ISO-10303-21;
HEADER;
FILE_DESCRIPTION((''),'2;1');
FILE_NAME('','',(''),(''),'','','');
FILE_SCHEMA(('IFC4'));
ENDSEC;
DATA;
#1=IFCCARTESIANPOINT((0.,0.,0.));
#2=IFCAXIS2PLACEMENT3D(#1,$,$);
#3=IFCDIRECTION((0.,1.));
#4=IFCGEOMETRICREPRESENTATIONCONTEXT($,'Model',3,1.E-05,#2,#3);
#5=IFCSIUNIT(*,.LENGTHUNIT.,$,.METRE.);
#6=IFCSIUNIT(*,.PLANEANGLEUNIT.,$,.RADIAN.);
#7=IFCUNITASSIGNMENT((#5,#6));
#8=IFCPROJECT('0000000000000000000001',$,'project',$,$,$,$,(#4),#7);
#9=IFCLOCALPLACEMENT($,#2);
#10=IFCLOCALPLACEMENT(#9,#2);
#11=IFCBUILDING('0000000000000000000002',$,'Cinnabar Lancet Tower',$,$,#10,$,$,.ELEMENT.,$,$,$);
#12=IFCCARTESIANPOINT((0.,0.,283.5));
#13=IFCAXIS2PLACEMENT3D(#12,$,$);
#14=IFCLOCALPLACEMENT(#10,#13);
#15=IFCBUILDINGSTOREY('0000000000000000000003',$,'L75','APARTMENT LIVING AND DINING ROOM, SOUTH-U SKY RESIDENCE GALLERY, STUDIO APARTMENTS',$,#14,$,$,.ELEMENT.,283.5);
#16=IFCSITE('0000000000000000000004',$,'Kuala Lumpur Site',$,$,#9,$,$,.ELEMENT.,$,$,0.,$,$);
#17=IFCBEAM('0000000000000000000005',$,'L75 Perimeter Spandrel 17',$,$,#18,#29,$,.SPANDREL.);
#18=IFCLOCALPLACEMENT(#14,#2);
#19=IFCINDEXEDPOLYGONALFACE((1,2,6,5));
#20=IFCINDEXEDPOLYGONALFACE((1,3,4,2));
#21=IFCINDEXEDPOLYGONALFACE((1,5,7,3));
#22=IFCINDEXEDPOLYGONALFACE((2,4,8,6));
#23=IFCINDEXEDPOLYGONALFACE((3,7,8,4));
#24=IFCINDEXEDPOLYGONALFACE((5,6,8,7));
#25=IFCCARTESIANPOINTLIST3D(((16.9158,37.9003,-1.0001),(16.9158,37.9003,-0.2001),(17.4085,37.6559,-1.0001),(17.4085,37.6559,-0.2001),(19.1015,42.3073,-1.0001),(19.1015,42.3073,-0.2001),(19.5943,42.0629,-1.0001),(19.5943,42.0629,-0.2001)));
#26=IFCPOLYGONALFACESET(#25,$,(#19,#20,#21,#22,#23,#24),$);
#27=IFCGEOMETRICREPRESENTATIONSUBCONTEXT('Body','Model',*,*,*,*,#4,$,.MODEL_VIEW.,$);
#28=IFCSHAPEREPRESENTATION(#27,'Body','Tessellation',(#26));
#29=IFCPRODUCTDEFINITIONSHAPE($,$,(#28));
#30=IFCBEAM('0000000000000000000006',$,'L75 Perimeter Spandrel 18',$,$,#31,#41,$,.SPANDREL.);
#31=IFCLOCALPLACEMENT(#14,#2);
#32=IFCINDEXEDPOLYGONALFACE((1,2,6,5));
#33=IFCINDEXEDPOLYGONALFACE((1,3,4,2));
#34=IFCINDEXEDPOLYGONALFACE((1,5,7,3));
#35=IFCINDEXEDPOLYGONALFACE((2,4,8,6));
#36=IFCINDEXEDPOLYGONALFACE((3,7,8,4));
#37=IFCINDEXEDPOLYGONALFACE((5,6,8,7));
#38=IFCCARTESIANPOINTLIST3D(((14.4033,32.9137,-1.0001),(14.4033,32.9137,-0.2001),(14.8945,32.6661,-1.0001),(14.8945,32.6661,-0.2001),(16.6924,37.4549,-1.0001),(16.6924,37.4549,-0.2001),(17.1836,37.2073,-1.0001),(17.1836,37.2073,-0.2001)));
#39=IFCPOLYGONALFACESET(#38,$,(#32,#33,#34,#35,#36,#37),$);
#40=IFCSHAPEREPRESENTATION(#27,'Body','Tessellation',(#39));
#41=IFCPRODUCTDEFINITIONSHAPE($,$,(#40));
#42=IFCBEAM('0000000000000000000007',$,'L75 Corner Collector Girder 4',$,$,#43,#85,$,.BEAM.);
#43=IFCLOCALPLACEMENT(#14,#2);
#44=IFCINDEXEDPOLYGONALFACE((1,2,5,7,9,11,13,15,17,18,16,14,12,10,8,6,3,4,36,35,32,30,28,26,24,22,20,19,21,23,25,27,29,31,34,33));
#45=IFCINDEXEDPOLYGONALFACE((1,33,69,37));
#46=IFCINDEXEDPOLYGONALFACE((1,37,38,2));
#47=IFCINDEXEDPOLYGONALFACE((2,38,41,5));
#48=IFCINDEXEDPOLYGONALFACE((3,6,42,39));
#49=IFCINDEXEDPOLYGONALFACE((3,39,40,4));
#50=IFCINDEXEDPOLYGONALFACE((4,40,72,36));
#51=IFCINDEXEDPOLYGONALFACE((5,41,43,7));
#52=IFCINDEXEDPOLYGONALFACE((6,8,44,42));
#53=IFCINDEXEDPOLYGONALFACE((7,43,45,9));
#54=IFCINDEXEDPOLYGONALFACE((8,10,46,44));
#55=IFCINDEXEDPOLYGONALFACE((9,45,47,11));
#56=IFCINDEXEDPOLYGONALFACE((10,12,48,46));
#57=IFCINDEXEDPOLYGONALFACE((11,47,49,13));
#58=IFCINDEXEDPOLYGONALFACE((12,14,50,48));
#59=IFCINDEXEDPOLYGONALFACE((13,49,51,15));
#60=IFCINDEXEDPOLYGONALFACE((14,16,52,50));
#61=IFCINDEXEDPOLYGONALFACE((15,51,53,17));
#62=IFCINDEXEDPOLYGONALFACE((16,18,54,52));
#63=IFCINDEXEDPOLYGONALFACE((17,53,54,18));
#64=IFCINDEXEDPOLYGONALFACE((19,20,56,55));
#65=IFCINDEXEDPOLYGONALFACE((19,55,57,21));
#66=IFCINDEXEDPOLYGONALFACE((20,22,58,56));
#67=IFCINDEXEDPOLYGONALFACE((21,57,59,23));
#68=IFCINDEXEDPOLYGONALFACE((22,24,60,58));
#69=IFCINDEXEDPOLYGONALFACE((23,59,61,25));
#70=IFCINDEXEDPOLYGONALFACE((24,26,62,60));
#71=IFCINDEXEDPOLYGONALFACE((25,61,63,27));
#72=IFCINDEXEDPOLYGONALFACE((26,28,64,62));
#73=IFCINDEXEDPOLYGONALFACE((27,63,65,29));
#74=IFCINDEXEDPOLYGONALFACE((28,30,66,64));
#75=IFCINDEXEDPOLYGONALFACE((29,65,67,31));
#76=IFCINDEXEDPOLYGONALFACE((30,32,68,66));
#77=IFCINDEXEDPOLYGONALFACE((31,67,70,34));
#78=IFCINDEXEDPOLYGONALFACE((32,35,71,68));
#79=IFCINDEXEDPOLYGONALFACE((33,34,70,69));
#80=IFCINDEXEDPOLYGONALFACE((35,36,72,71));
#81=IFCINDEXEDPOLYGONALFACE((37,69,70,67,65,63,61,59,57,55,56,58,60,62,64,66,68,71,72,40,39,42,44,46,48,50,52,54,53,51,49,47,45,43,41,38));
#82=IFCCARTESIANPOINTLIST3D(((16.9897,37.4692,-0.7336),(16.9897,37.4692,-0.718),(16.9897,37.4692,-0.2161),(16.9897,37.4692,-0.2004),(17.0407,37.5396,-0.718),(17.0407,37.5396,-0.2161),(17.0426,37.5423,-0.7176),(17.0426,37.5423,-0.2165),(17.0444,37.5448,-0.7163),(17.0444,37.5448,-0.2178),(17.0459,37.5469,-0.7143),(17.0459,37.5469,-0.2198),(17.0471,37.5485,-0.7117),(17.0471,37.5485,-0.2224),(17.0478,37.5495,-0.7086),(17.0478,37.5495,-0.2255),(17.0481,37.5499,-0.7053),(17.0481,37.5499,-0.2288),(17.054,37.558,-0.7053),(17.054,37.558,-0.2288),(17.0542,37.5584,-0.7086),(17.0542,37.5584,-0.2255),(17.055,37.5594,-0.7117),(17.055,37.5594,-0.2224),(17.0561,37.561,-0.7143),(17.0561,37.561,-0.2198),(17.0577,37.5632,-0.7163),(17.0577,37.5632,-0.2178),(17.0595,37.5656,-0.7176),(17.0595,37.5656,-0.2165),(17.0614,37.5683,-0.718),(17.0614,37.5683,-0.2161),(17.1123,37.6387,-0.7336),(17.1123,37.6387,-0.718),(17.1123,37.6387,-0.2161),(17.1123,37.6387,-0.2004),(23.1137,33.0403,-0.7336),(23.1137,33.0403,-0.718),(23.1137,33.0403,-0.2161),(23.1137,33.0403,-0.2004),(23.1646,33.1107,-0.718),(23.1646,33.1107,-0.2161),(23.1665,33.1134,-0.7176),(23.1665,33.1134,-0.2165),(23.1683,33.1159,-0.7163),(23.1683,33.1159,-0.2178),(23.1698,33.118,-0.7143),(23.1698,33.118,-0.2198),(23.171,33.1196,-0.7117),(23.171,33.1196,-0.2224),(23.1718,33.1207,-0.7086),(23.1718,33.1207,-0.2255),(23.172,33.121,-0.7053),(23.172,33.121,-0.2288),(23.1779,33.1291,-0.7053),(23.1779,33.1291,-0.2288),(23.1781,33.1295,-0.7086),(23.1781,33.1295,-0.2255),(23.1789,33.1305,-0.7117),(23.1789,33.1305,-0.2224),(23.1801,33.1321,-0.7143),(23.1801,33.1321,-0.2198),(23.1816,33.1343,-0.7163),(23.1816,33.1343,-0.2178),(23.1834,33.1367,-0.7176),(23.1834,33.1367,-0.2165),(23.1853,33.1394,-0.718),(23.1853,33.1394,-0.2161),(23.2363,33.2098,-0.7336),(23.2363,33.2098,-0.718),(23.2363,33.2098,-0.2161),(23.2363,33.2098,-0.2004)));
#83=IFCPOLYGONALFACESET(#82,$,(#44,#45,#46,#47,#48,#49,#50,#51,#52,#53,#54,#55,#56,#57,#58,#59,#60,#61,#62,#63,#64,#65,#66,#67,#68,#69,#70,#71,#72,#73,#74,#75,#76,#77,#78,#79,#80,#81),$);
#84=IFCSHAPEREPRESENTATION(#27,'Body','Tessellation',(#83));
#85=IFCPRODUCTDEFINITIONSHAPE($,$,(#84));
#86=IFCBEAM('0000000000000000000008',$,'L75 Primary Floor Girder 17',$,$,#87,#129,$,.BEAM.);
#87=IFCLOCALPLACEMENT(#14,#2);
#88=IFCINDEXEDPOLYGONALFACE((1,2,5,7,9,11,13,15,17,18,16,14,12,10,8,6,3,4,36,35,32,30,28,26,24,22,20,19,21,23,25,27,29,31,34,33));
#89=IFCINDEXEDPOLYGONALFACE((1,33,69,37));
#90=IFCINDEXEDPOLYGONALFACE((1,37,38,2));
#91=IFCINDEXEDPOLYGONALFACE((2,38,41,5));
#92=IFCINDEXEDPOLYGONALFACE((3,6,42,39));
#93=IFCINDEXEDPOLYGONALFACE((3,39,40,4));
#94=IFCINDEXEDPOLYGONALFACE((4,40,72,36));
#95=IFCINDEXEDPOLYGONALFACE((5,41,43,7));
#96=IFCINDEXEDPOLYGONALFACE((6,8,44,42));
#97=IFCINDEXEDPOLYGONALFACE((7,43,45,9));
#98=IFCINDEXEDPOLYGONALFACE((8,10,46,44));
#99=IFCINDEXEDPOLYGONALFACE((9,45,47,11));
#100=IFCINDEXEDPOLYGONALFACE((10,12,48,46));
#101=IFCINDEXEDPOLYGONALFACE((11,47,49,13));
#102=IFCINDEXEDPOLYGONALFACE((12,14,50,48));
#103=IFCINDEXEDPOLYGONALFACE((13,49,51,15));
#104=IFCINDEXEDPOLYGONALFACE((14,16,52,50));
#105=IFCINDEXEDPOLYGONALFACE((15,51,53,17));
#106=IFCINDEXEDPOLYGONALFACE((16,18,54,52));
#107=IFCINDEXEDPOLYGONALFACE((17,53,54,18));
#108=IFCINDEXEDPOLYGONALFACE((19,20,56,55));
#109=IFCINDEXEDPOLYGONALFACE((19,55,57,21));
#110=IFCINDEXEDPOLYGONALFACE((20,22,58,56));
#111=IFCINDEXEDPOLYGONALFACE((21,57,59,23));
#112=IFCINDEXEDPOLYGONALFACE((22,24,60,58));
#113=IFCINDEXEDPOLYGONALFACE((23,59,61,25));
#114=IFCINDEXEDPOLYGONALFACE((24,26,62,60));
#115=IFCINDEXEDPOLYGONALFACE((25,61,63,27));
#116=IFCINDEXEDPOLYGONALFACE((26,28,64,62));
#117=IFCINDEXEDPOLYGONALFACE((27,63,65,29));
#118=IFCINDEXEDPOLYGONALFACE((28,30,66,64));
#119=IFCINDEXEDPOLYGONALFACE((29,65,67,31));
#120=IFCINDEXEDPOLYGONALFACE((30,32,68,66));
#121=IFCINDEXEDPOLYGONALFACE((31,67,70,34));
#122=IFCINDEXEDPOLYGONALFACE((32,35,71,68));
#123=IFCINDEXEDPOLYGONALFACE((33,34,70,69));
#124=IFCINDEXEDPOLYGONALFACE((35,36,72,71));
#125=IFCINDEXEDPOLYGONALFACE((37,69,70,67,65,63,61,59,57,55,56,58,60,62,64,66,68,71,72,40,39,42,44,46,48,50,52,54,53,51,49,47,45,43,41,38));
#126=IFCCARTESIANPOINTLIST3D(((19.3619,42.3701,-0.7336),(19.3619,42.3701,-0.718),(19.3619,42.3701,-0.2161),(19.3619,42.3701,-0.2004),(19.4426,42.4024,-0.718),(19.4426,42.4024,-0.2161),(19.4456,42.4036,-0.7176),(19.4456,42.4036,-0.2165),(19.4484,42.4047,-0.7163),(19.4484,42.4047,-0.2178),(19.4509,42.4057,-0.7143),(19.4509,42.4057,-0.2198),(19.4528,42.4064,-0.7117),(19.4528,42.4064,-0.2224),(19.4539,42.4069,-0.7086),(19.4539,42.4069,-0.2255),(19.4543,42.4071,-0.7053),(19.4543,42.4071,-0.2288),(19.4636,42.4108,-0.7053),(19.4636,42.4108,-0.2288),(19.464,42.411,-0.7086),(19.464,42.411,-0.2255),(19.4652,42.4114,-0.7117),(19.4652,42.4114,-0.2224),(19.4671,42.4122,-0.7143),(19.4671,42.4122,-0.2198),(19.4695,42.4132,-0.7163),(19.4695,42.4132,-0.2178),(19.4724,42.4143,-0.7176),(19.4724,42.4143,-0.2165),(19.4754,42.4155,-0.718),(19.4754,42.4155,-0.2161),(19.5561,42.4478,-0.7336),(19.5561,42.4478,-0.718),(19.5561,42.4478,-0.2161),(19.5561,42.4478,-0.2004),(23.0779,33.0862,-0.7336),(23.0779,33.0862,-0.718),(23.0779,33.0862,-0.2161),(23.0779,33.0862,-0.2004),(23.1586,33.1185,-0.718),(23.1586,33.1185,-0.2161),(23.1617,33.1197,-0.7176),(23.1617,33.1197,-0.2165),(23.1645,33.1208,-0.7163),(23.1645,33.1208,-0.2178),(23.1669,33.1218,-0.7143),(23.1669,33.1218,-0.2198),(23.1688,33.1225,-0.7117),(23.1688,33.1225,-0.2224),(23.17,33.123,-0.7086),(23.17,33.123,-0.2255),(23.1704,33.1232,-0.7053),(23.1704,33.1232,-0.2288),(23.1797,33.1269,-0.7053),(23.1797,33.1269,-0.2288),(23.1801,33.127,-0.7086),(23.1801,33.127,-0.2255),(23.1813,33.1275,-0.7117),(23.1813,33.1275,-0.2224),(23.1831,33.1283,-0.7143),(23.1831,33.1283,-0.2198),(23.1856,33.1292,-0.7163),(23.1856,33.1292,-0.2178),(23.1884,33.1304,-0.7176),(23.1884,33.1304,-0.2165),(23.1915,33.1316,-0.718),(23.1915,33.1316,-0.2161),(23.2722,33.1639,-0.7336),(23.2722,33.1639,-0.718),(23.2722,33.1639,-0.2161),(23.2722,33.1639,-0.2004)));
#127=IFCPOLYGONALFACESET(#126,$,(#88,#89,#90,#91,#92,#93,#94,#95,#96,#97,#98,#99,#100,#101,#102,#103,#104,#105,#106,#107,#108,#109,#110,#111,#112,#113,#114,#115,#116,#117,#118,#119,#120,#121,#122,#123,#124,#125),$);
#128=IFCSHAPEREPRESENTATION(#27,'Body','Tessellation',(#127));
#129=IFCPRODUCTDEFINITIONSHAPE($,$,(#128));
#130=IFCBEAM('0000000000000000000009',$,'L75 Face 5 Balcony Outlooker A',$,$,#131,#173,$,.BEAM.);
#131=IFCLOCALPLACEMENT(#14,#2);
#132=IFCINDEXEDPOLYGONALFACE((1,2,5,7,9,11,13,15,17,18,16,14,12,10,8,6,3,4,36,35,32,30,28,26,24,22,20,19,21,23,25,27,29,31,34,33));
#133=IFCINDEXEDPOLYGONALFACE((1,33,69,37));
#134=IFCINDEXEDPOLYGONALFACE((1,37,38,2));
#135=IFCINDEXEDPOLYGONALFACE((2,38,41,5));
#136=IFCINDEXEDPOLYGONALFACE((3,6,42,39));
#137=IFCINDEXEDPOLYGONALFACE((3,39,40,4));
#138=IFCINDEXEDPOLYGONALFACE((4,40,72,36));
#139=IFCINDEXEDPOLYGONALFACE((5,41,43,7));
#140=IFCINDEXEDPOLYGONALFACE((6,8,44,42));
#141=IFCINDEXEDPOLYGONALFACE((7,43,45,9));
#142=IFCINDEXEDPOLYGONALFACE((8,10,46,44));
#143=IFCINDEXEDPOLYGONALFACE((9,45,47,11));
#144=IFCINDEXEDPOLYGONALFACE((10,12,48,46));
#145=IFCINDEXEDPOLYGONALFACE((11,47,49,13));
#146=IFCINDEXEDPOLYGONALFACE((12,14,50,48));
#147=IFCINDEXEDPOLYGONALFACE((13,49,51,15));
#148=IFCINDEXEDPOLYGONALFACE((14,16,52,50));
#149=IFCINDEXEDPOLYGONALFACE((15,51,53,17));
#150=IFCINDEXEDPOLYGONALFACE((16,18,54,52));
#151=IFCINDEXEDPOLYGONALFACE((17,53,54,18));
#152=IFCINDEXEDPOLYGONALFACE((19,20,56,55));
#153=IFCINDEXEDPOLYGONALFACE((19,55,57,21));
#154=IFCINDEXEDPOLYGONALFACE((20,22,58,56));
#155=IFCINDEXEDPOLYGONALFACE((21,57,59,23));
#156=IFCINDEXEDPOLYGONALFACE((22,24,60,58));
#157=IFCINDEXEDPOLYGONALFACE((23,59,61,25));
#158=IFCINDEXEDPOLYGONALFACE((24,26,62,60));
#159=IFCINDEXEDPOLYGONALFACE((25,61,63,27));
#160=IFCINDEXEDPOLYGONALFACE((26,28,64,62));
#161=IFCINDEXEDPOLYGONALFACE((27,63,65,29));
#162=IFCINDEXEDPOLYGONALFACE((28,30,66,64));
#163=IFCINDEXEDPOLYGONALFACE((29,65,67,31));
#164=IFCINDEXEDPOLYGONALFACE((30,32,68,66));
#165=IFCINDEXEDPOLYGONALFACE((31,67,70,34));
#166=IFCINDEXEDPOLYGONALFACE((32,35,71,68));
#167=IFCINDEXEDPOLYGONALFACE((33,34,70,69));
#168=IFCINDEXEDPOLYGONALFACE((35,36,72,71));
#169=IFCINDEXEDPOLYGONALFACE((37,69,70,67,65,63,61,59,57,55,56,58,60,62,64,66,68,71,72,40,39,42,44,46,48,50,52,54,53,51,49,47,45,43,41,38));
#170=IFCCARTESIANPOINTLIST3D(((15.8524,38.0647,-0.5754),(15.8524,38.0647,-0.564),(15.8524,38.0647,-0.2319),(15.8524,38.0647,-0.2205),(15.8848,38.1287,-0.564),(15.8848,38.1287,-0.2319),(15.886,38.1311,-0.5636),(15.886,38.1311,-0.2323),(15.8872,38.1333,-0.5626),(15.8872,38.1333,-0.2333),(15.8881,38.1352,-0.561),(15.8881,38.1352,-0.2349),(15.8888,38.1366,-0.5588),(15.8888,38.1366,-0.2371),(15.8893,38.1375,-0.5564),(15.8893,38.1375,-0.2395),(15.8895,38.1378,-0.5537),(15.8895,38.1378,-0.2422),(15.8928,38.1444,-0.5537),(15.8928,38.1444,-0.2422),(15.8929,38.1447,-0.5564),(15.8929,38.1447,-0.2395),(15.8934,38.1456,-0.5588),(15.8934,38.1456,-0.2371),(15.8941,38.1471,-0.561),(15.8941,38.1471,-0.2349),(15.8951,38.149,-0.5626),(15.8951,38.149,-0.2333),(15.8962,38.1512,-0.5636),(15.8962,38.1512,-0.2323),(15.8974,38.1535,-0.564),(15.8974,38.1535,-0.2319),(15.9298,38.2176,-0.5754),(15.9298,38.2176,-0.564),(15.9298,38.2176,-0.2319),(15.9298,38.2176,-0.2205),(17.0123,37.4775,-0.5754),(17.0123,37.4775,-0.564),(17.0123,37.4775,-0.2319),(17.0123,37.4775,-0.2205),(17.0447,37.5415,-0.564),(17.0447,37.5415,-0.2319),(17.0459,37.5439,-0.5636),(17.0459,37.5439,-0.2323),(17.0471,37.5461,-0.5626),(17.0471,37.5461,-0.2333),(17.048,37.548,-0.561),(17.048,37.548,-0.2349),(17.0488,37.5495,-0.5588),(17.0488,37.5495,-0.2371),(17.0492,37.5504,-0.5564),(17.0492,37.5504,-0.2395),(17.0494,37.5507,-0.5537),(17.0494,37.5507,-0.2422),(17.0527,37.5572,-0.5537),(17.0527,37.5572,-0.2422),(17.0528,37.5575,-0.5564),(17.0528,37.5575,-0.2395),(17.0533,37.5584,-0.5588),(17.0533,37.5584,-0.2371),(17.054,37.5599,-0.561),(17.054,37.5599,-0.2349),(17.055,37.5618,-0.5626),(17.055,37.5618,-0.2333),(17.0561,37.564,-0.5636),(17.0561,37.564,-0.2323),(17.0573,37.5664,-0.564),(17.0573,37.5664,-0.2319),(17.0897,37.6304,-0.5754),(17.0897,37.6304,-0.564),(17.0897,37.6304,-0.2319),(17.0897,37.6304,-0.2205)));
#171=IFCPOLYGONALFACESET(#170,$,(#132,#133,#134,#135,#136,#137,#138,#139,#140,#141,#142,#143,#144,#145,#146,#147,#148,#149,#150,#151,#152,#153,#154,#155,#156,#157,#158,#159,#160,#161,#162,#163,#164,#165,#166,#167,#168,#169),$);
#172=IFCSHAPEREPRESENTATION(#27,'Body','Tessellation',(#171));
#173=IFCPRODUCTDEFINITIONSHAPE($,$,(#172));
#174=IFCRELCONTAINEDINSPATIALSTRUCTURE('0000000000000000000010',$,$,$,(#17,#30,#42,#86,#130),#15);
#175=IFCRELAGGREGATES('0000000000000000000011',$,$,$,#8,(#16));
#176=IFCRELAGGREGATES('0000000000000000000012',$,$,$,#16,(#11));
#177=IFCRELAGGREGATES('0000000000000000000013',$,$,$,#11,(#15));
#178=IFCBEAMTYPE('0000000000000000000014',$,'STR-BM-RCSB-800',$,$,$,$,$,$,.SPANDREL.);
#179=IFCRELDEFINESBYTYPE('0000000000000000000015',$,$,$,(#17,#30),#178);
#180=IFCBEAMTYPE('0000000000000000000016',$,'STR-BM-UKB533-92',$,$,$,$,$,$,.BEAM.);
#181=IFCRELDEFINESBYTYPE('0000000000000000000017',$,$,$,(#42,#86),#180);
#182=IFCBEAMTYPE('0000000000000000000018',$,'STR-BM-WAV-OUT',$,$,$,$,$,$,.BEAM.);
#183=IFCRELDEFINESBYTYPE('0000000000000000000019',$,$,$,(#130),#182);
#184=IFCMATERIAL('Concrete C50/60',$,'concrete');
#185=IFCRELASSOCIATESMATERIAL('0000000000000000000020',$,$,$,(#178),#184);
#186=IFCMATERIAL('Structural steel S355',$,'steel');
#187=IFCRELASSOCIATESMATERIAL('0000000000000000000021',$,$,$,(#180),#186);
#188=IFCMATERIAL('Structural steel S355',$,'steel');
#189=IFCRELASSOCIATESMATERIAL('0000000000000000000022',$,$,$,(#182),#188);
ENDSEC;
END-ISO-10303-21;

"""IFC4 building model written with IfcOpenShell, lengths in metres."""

from ifc_helpers import new_model, si_unit, direction, frame, origin, origin_2d, place, context, subcontext, project, spatial, rectangle, i_section, extrude, material, material_profile, profile_set, type_object, element, save


model = new_model("IFC4")

# Units and contexts
model_context = context("Model", 3, precision=1e-05, world=origin(), true_north=direction((0.0, 1.0)))
body_context = subcontext(model_context, "Body", "Model", "MODEL_VIEW")
ifc_project = project(units=[si_unit("LENGTHUNIT", "METRE"), si_unit("PLANEANGLEUNIT", "RADIAN")], contexts=[model_context])

# Site, building, storey
site_placement = place(None, origin())
site = spatial("IfcSite", under=ifc_project, at=site_placement, Name="Kuala Lumpur Site", CompositionType="ELEMENT", RefElevation=0.0)
building_placement = place(site_placement, origin())
building = spatial("IfcBuilding", under=site, at=building_placement, Name="Cinnabar Lancet Tower", CompositionType="ELEMENT")
storey_placement = place(building_placement, frame((0.0, 0.0, 283.5)))
storey = spatial("IfcBuildingStorey", under=building, at=storey_placement, Name="L75", Description="APARTMENT LIVING AND DINING ROOM, SOUTH-U SKY RESIDENCE GALLERY, STUDIO APARTMENTS", CompositionType="ELEMENT", Elevation=283.5)

# Beams
ifc_material_1 = material(Name="Concrete C50/60", Category="concrete")
ifc_material_profile_1 = material_profile(ifc_material_1, rectangle(XDim=0.55, YDim=0.8, at=origin_2d()), Name="RC-SB 550x800")
ifc_profile_set_1 = profile_set([ifc_material_profile_1], Name="Concrete C50/60")
beam_type_1 = type_object("IfcBeamType", Name="STR-BM-RCSB-800", PredefinedType="SPANDREL", material=ifc_profile_set_1)
beam_1_placement = place(storey_placement, frame((19.3479, 42.1851, -0.6001), z_axis=(-0.444333, -0.895862, 0.0), x_axis=(0.895862, -0.444333, 0.0)))
element("IfcBeam", 1, at=beam_1_placement, inside=storey, type_object=beam_type_1, Name="L75 Perimeter Spandrel 17", PredefinedType="SPANDREL", context=body_context, shape_type="SweptSolid", body=[
    extrude(rectangle(XDim=0.55, YDim=0.8, at=origin_2d()), origin(), (0.0, 0.0, 1.0), 4.9192),
])
beam_2_placement = place(storey_placement, frame((16.938, 37.3311, -0.6001), z_axis=(-0.45013, -0.892963, 0.0), x_axis=(0.892963, -0.45013, 0.0)))
element("IfcBeam", 2, at=beam_2_placement, inside=storey, type_object=beam_type_1, Name="L75 Perimeter Spandrel 18", PredefinedType="SPANDREL", context=body_context, shape_type="SweptSolid", body=[
    extrude(rectangle(XDim=0.55, YDim=0.8, at=origin_2d()), origin(), (0.0, 0.0, 1.0), 5.0854),
])
ifc_material_2 = material(Name="Structural steel S355", Category="steel")
ifc_material_profile_2 = material_profile(ifc_material_2, i_section(OverallWidth=0.2092, OverallDepth=0.5332, WebThickness=0.01, FlangeThickness=0.0156, FilletRadius=0.0127, at=origin_2d()), Name="UKB 533x210x92")
ifc_profile_set_2 = profile_set([ifc_material_profile_2], Name="Structural steel S355")
beam_type_2 = type_object("IfcBeamType", Name="STR-BM-UKB533-92", PredefinedType="BEAM", material=ifc_profile_set_2)
beam_3_placement = place(storey_placement, frame((17.051, 37.554, -0.467), z_axis=(0.810299, -0.586016, 0.0), x_axis=(0.586016, 0.810299, 0.0)))
element("IfcBeam", 3, at=beam_3_placement, inside=storey, type_object=beam_type_2, Name="L75 Corner Collector Girder 4", PredefinedType="BEAM", context=body_context, shape_type="SweptSolid", body=[
    extrude(i_section(OverallWidth=0.2092, OverallDepth=0.5332, WebThickness=0.01, FlangeThickness=0.0156, FilletRadius=0.0127, at=origin_2d()), origin(), (0.0, 0.0, 1.0), 7.5576),
])
beam_4_placement = place(storey_placement, frame((19.459, 42.4089, -0.467), z_axis=(0.371605, -0.928391, 0.0), x_axis=(0.928391, 0.371605, 0.0)))
element("IfcBeam", 4, at=beam_4_placement, inside=storey, type_object=beam_type_2, Name="L75 Primary Floor Girder 17", PredefinedType="BEAM", context=body_context, shape_type="SweptSolid", body=[
    extrude(i_section(OverallWidth=0.2092, OverallDepth=0.5332, WebThickness=0.01, FlangeThickness=0.0156, FilletRadius=0.0127, at=origin_2d()), origin(), (0.0, 0.0, 1.0), 10.0),
])
ifc_material_3 = material(Name="Structural steel S355", Category="steel")
ifc_material_profile_3 = material_profile(ifc_material_3, i_section(OverallWidth=0.1714, OverallDepth=0.355, WebThickness=0.0073, FlangeThickness=0.0115, FilletRadius=0.0103, at=origin_2d()), Name="UKB 356x171x51")
ifc_profile_set_3 = profile_set([ifc_material_profile_3], Name="Structural steel S355")
beam_type_3 = type_object("IfcBeamType", Name="STR-BM-WAV-OUT", PredefinedType="BEAM", material=ifc_profile_set_3)
beam_5_placement = place(storey_placement, frame((17.051, 37.554, -0.3979), z_axis=(-0.8922, 0.45164, 0.0), x_axis=(-0.45164, -0.8922, 0.0)))
element("IfcBeam", 5, at=beam_5_placement, inside=storey, type_object=beam_type_3, Name="L75 Face 5 Balcony Outlooker A", PredefinedType="BEAM", context=body_context, shape_type="SweptSolid", body=[
    extrude(i_section(OverallWidth=0.1714, OverallDepth=0.355, WebThickness=0.0073, FlangeThickness=0.0115, FilletRadius=0.0103, at=origin_2d()), origin(), (0.0, 0.0, 1.0), 1.3),
])

save(model, "model.ifc")
